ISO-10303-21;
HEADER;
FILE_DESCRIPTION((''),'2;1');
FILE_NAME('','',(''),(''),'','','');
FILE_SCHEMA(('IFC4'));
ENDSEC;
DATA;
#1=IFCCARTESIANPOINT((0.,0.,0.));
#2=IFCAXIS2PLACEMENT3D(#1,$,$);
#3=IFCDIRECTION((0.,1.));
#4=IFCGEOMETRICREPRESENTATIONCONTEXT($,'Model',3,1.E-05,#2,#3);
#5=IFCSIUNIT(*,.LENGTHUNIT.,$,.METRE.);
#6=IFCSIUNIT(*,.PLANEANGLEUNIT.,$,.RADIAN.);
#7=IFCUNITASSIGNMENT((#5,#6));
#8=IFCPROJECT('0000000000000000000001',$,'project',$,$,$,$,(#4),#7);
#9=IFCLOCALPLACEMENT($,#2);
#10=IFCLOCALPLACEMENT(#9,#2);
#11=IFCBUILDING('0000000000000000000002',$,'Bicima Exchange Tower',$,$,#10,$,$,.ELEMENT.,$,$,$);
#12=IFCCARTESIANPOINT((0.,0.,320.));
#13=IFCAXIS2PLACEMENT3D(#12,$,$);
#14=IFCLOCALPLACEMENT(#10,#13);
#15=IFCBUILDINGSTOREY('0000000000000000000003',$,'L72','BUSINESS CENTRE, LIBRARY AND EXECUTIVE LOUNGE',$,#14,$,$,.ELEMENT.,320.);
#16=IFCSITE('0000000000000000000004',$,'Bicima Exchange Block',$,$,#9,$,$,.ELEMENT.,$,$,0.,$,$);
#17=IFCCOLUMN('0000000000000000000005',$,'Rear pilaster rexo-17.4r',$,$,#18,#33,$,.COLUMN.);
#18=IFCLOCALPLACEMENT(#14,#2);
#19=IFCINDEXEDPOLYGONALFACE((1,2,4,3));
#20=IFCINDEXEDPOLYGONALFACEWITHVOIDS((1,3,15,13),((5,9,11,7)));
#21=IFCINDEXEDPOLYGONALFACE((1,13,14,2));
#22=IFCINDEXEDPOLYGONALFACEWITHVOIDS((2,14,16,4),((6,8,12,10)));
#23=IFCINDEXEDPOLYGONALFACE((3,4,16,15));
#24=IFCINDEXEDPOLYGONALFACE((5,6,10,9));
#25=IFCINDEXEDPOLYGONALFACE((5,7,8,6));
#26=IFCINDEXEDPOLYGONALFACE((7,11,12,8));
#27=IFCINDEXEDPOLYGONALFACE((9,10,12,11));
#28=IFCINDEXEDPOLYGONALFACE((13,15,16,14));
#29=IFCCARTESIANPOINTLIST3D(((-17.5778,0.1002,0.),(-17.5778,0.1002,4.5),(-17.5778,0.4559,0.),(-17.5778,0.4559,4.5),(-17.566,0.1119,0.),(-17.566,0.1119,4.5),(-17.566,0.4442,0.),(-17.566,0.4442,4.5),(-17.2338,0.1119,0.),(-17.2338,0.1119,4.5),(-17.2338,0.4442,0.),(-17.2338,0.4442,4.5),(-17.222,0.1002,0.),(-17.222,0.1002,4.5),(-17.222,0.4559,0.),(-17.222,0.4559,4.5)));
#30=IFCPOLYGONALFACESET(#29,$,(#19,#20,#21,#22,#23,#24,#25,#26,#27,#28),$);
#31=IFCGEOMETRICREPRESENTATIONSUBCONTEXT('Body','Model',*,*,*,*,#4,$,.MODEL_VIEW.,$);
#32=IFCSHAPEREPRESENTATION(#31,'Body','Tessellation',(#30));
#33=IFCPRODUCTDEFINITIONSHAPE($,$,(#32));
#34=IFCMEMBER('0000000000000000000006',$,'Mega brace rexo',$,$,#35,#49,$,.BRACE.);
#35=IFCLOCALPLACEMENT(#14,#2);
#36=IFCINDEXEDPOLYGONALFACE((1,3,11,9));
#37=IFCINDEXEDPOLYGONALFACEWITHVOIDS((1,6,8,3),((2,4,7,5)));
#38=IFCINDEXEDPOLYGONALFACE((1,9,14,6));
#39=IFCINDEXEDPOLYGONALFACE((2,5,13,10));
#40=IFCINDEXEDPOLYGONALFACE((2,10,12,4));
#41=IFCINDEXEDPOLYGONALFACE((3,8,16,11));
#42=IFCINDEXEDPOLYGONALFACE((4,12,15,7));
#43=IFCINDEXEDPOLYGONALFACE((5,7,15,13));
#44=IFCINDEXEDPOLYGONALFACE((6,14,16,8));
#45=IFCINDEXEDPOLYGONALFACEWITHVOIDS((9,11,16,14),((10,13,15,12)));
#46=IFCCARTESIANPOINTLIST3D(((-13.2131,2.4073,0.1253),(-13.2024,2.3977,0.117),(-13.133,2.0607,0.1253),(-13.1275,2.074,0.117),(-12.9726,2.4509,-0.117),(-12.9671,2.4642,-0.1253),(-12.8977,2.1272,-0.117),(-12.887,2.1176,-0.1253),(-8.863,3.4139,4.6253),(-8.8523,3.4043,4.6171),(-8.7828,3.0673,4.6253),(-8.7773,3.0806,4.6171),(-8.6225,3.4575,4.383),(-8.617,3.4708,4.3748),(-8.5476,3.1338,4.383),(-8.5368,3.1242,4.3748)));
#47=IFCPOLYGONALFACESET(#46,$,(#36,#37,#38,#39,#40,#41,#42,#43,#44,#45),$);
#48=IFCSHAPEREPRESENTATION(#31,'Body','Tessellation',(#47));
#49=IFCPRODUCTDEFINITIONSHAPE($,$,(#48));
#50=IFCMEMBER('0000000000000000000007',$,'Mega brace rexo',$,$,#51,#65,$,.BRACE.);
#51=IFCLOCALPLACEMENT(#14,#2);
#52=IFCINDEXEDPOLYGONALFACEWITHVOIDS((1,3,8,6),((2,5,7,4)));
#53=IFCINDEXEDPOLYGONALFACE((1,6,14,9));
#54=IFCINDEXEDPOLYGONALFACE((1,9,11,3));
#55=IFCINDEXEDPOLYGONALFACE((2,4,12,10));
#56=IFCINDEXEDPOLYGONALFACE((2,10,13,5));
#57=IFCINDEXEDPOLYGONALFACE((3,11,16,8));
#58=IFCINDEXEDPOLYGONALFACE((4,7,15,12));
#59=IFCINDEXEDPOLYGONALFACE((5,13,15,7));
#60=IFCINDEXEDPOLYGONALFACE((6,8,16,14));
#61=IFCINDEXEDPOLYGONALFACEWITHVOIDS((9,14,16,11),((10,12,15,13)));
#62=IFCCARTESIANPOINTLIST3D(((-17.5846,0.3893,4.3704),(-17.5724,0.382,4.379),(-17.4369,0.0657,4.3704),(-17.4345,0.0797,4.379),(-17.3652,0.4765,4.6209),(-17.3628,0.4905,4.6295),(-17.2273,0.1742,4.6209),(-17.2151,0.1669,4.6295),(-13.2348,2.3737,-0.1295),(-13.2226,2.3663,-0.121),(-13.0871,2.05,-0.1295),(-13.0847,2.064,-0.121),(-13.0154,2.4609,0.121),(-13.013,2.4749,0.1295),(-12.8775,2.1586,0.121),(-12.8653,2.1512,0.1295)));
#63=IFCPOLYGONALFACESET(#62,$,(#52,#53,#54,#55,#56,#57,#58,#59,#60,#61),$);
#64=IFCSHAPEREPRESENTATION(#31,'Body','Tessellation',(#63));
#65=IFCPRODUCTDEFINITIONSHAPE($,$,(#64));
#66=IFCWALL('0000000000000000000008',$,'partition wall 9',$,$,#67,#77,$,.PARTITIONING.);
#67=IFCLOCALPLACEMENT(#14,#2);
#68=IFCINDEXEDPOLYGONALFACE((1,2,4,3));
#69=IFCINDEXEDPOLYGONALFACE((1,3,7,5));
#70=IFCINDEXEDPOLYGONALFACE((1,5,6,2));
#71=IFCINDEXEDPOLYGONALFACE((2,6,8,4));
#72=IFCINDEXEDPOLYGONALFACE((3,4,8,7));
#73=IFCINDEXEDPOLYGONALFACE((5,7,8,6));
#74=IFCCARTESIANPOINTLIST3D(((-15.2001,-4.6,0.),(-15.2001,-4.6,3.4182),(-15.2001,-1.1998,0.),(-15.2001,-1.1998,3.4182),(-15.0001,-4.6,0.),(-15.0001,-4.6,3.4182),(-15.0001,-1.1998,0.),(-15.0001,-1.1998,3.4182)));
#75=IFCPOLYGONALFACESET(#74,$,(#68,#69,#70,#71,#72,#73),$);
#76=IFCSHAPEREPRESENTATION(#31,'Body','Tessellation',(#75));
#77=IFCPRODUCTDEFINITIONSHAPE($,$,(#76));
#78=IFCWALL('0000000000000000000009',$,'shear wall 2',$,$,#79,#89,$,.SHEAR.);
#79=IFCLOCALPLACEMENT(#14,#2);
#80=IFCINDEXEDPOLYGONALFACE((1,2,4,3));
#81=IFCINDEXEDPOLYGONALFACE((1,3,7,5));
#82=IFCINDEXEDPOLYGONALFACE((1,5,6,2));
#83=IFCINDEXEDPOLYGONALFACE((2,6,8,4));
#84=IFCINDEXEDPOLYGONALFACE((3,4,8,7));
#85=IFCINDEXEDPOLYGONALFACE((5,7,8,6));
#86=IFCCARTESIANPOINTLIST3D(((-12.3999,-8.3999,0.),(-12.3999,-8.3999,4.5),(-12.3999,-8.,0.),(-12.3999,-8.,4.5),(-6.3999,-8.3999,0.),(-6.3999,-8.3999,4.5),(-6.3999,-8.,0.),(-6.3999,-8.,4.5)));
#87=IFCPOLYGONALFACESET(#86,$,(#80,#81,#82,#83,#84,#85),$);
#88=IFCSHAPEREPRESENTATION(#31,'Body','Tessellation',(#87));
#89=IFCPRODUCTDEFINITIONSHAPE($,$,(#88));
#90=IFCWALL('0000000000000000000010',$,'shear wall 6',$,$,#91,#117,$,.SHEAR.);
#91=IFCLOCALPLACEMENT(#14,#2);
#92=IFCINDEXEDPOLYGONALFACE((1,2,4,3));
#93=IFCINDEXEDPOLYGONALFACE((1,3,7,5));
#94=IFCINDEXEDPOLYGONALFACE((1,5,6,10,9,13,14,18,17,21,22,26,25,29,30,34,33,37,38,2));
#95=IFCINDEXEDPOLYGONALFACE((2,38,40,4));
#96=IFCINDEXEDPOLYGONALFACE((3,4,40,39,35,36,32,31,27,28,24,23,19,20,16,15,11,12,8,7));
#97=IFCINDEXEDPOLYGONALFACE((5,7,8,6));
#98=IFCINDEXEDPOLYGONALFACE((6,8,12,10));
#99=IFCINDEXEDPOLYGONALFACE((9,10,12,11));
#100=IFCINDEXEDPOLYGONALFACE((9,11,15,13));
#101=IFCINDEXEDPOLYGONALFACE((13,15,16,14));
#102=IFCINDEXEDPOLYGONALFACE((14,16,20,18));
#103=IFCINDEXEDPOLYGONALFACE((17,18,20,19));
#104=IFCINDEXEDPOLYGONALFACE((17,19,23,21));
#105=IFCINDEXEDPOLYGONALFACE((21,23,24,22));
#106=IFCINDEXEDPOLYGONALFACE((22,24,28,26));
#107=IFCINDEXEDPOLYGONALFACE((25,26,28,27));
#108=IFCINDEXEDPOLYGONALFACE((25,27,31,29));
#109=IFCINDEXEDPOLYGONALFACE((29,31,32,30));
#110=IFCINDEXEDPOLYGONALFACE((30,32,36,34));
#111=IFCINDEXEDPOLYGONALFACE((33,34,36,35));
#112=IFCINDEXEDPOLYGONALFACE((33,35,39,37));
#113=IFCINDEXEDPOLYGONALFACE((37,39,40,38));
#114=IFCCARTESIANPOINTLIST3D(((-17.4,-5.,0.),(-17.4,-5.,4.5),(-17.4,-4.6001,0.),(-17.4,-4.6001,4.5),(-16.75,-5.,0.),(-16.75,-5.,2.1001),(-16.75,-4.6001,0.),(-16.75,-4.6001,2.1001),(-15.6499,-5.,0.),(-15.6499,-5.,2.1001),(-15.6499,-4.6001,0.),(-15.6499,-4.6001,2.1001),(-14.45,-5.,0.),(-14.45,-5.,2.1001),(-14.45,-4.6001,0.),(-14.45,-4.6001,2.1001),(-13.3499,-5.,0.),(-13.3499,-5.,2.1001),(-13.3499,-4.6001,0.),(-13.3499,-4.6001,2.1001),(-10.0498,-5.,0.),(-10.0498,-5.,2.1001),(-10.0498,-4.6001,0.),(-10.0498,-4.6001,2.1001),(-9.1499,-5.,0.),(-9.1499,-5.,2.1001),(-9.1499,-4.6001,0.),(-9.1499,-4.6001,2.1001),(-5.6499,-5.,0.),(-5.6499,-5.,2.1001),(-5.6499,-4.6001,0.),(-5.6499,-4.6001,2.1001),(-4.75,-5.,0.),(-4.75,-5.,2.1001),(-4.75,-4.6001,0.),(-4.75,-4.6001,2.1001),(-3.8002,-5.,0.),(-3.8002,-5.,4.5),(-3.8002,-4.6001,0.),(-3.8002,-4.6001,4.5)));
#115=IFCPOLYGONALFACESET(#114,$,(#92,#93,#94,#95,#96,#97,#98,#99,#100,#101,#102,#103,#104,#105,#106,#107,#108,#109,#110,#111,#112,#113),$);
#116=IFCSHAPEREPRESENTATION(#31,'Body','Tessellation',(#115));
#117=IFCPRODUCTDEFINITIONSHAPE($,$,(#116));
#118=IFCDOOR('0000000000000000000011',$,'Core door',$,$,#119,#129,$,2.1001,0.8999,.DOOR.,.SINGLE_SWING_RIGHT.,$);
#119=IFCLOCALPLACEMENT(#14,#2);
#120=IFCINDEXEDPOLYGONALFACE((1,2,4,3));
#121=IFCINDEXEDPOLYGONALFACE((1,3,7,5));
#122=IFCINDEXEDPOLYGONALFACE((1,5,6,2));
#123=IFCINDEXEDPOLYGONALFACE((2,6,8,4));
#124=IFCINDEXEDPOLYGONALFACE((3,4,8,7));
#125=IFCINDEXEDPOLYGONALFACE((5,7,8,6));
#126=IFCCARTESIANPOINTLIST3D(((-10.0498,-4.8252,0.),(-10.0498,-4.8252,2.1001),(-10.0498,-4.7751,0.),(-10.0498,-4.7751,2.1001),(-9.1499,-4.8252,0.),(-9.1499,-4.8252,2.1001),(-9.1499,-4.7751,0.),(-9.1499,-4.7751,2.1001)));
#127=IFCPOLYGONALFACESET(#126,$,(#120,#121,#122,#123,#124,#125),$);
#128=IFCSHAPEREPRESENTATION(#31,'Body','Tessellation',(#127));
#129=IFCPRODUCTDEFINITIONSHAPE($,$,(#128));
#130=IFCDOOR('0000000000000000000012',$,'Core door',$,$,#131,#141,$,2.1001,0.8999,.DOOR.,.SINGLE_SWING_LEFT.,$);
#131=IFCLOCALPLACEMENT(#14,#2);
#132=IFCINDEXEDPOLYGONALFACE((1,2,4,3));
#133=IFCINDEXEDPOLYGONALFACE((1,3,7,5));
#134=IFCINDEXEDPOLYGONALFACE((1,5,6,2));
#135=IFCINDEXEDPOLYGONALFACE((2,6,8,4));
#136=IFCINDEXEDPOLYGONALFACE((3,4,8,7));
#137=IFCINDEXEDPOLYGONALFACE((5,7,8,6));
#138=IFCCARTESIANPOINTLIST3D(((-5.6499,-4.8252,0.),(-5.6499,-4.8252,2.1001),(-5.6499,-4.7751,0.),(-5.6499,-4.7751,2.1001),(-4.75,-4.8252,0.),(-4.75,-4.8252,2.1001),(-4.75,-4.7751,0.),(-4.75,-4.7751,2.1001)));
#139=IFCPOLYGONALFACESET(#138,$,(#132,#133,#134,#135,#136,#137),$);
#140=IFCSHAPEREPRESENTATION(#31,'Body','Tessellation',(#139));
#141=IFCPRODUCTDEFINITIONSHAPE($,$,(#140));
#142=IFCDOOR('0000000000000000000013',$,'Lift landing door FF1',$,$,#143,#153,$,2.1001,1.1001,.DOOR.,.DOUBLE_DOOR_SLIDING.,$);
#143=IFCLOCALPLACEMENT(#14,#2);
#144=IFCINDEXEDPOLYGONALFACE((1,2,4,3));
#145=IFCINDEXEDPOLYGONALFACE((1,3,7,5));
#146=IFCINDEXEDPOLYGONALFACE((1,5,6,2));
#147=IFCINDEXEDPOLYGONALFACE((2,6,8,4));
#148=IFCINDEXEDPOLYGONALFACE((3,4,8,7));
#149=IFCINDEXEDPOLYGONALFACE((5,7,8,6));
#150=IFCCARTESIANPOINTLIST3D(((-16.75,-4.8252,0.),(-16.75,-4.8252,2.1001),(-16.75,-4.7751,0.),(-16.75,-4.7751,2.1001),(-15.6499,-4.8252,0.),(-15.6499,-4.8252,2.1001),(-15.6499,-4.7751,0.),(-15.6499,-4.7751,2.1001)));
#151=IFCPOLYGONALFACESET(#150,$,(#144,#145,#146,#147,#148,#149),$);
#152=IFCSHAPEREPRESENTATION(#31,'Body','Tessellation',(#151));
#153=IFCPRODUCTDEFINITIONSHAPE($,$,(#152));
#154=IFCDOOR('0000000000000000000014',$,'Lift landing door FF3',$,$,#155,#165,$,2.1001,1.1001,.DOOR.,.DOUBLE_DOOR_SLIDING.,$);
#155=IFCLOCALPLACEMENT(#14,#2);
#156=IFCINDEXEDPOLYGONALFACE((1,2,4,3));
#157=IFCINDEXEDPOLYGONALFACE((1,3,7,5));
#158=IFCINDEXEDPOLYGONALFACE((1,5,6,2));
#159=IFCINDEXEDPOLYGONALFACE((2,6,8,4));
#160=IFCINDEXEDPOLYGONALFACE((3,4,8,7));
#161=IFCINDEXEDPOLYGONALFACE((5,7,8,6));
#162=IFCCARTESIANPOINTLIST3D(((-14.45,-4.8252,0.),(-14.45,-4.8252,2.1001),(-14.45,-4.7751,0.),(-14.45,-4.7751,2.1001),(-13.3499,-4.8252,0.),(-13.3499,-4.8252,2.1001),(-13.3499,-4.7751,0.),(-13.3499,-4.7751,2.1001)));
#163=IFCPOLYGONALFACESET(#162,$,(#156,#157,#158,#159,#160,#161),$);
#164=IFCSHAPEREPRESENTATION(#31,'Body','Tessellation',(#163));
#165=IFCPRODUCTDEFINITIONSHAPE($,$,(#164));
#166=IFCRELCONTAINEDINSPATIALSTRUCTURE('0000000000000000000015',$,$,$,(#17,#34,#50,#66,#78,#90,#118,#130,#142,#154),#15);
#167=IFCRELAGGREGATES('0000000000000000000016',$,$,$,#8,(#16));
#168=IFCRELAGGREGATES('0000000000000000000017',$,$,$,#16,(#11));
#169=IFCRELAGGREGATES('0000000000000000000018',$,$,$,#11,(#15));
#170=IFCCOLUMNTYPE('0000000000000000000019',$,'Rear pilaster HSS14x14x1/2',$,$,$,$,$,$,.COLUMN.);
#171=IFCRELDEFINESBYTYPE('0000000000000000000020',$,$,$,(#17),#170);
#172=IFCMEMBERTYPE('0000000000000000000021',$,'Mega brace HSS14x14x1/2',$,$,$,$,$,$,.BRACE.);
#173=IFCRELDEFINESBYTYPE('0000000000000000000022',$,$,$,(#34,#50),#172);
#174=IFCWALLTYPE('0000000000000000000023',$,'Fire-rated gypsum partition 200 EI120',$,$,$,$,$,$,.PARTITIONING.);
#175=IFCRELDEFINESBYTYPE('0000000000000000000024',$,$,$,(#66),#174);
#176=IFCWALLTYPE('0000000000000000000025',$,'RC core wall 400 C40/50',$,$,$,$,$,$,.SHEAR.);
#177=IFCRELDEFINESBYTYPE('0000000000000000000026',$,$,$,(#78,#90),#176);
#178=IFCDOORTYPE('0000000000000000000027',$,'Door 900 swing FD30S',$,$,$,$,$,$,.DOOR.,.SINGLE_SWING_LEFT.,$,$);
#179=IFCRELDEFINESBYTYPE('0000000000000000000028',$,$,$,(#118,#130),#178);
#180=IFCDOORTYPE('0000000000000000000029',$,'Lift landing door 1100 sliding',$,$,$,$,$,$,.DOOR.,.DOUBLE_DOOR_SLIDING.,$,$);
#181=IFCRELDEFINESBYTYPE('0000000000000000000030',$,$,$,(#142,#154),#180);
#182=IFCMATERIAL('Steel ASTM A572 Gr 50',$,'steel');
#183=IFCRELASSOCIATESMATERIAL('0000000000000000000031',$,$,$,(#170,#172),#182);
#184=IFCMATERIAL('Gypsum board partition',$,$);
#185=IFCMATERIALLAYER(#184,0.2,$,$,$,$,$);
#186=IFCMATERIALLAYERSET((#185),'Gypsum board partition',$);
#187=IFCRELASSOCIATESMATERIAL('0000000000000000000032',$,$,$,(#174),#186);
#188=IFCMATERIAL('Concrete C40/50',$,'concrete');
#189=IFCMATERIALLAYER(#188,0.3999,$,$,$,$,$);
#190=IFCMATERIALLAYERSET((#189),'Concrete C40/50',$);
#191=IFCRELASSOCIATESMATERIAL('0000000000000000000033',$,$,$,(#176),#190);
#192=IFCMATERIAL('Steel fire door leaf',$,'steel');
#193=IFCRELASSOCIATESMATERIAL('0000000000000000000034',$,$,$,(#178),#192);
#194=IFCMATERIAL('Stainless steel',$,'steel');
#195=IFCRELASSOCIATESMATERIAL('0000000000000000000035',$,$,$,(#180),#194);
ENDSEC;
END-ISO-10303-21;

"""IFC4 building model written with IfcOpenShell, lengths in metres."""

from ifc_helpers import new_model, si_unit, direction, frame, frame_2d, origin, origin_2d, place, context, subcontext, project, spatial, rectangle, hollow_rectangle, extrude, material, layer, layer_set, material_profile, profile_set, type_object, element, fill, save


model = new_model("IFC4")

# Units and contexts
model_context = context("Model", 3, precision=1e-05, world=origin(), true_north=direction((0.0, 1.0)))
body_context = subcontext(model_context, "Body", "Model", "MODEL_VIEW")
ifc_project = project(units=[si_unit("LENGTHUNIT", "METRE"), si_unit("PLANEANGLEUNIT", "RADIAN")], contexts=[model_context])

# Site, building, storey
site_placement = place(None, origin())
site = spatial("IfcSite", under=ifc_project, at=site_placement, Name="Bicima Exchange Block", CompositionType="ELEMENT", RefElevation=0.0)
building_placement = place(site_placement, origin())
building = spatial("IfcBuilding", under=site, at=building_placement, Name="Bicima Exchange Tower", CompositionType="ELEMENT")
storey_placement = place(building_placement, frame((0.0, 0.0, 320.0)))
storey = spatial("IfcBuildingStorey", under=building, at=storey_placement, Name="L72", Description="BUSINESS CENTRE, LIBRARY AND EXECUTIVE LOUNGE", CompositionType="ELEMENT", Elevation=320.0)

# Column
ifc_material_1 = material(Name="Steel ASTM A572 Gr 50", Category="steel")
ifc_material_profile = material_profile(ifc_material_1, hollow_rectangle(XDim=0.3557, YDim=0.3557, WallThickness=0.0117, at=origin_2d()))
ifc_profile_set = profile_set([ifc_material_profile], Name="Steel ASTM A572 Gr 50")
column_type = type_object("IfcColumnType", Name="Rear pilaster HSS14x14x1/2", PredefinedType="COLUMN", material=ifc_profile_set)
column_placement = place(storey_placement, frame((-17.3999, 0.2781, 0.0), z_axis=(0.0, 0.0, 1.0), x_axis=(1.0, 0.0, 0.0)))
element("IfcColumn", 1, at=column_placement, inside=storey, type_object=column_type, Name="Rear pilaster rexo-17.4r", PredefinedType="COLUMN", context=body_context, shape_type="SweptSolid", body=[
    extrude(hollow_rectangle(XDim=0.3557, YDim=0.3557, WallThickness=0.0117, at=origin_2d()), origin(), (0.0, 0.0, 1.0), 4.5),
])

# Members
member_type = type_object("IfcMemberType", Name="Mega brace HSS14x14x1/2", PredefinedType="BRACE", material=ifc_profile_set)
member_1_placement = place(storey_placement, frame((-13.05, 2.2625, 0.0), z_axis=(0.686212, 0.158786, 0.709859), x_axis=(-0.225439, 0.974257, 0.0)))
element("IfcMember", 2, at=member_1_placement, inside=storey, type_object=member_type, Name="Mega brace rexo", PredefinedType="BRACE", context=body_context, shape_type="SweptSolid", body=[
    extrude(hollow_rectangle(XDim=0.3557, YDim=0.3557, WallThickness=0.0117, at=origin_2d()), origin(), (0.0, 0.0, 1.0), 6.3394),
])
member_2_placement = place(storey_placement, frame((-13.05, 2.2625, 0.0), z_axis=(-0.662508, -0.302232, 0.685376), x_axis=(0.415045, -0.909801, 0.0)))
element("IfcMember", 3, at=member_2_placement, inside=storey, type_object=member_type, Name="Mega brace rexo", PredefinedType="BRACE", context=body_context, shape_type="SweptSolid", body=[
    extrude(hollow_rectangle(XDim=0.3557, YDim=0.3557, WallThickness=0.0117, at=origin_2d()), origin(), (0.0, 0.0, 1.0), 6.5657),
])

# Walls
ifc_material_2 = material(Name="Gypsum board partition")
ifc_layer_1 = layer(ifc_material_2, 0.2)
ifc_layer_set_1 = layer_set([ifc_layer_1], Name="Gypsum board partition")
wall_type_1 = type_object("IfcWallType", Name="Fire-rated gypsum partition 200 EI120", PredefinedType="PARTITIONING", material=ifc_layer_set_1)
wall_1_placement = place(storey_placement, frame((-15.1001, -4.6001, 0.0), z_axis=(0.0, 0.0, 1.0), x_axis=(0.0, 1.0, 0.0)))
element("IfcWall", 4, at=wall_1_placement, inside=storey, type_object=wall_type_1, Name="partition wall 9", PredefinedType="PARTITIONING", context=body_context, shape_type="SweptSolid", body=[
    extrude(rectangle(XDim=3.4001, YDim=0.2, at=frame_2d((1.7002, 0.0))), origin(), (0.0, 0.0, 1.0), 3.4182),
])
ifc_material_3 = material(Name="Concrete C40/50", Category="concrete")
ifc_layer_2 = layer(ifc_material_3, 0.3999)
ifc_layer_set_2 = layer_set([ifc_layer_2], Name="Concrete C40/50")
wall_type_2 = type_object("IfcWallType", Name="RC core wall 400 C40/50", PredefinedType="SHEAR", material=ifc_layer_set_2)
wall_2_placement = place(storey_placement, frame((-12.3999, -8.2, 0.0), z_axis=(0.0, 0.0, 1.0), x_axis=(1.0, 0.0, 0.0)))
element("IfcWall", 5, at=wall_2_placement, inside=storey, type_object=wall_type_2, Name="shear wall 2", PredefinedType="SHEAR", context=body_context, shape_type="SweptSolid", body=[
    extrude(rectangle(XDim=6.0, YDim=0.3999, at=frame_2d((3.0, 0.0))), origin(), (0.0, 0.0, 1.0), 4.5),
])

# Wall, openings, doors
wall_3_placement = place(storey_placement, frame((-17.3999, -4.8, 0.0), z_axis=(0.0, 0.0, 1.0), x_axis=(1.0, 0.0, 0.0)))
wall_3 = element("IfcWall", 6, at=wall_3_placement, inside=storey, type_object=wall_type_2, Name="shear wall 6", PredefinedType="SHEAR", context=body_context, shape_type="SweptSolid", body=[
    extrude(rectangle(XDim=13.5999, YDim=0.3999, at=frame_2d((6.7998, 0.0))), origin(), (0.0, 0.0, 1.0), 4.5),
])
opening_1_placement = place(wall_3_placement, frame((0.6499, 0.0, 0.0)))
opening_1 = element("IfcOpeningElement", 7, at=opening_1_placement, cuts=wall_3, PredefinedType="OPENING", context=body_context, shape_type="SweptSolid", body=[
    extrude(rectangle(XDim=1.1001, YDim=2.1001, at=frame_2d((0.55, 1.05))), frame((0.0, 0.2119, 0.0), z_axis=(0.0, -1.0, 0.0), x_axis=(1.0, 0.0, 0.0)), (0.0, 0.0, 1.0), 0.4238),
])
opening_2_placement = place(wall_3_placement, frame((2.95, 0.0, 0.0)))
opening_2 = element("IfcOpeningElement", 8, at=opening_2_placement, cuts=wall_3, PredefinedType="OPENING", context=body_context, shape_type="SweptSolid", body=[
    extrude(rectangle(XDim=1.1001, YDim=2.1001, at=frame_2d((0.55, 1.05))), frame((0.0, 0.2119, 0.0), z_axis=(0.0, -1.0, 0.0), x_axis=(1.0, 0.0, 0.0)), (0.0, 0.0, 1.0), 0.4238),
])
opening_3_placement = place(wall_3_placement, frame((7.3501, 0.0, 0.0)))
opening_3 = element("IfcOpeningElement", 9, at=opening_3_placement, cuts=wall_3, PredefinedType="OPENING", context=body_context, shape_type="SweptSolid", body=[
    extrude(rectangle(XDim=0.8999, YDim=2.1001, at=frame_2d((0.45, 1.05))), frame((0.0, 0.2119, 0.0), z_axis=(0.0, -1.0, 0.0), x_axis=(1.0, 0.0, 0.0)), (0.0, 0.0, 1.0), 0.4238),
])
opening_4_placement = place(wall_3_placement, frame((11.75, 0.0, 0.0)))
opening_4 = element("IfcOpeningElement", 10, at=opening_4_placement, cuts=wall_3, PredefinedType="OPENING", context=body_context, shape_type="SweptSolid", body=[
    extrude(rectangle(XDim=0.8999, YDim=2.1001, at=frame_2d((0.45, 1.05))), frame((0.0, 0.2119, 0.0), z_axis=(0.0, -1.0, 0.0), x_axis=(1.0, 0.0, 0.0)), (0.0, 0.0, 1.0), 0.4238),
])
ifc_material_4 = material(Name="Steel fire door leaf", Category="steel")
door_type_1 = type_object("IfcDoorType", Name="Door 900 swing FD30S", OperationType="SINGLE_SWING_LEFT", PredefinedType="DOOR", material=ifc_material_4)
door_1_placement = place(opening_3_placement, origin())
door_1 = element("IfcDoor", 11, at=door_1_placement, inside=storey, type_object=door_type_1, Name="Core door", OperationType="SINGLE_SWING_RIGHT", OverallHeight=2.1001, OverallWidth=0.8999, PredefinedType="DOOR", context=body_context, shape_type="SweptSolid", body=[
    extrude(rectangle(XDim=0.8999, YDim=2.1001, at=frame_2d((0.45, 1.05))), frame((0.0, 0.0249, 0.0), z_axis=(0.0, -1.0, 0.0), x_axis=(1.0, 0.0, 0.0)), (0.0, 0.0, 1.0), 0.05),
])
fill(opening_3, door_1)
door_2_placement = place(opening_4_placement, origin())
door_2 = element("IfcDoor", 12, at=door_2_placement, inside=storey, type_object=door_type_1, Name="Core door", OperationType="SINGLE_SWING_LEFT", OverallHeight=2.1001, OverallWidth=0.8999, PredefinedType="DOOR", context=body_context, shape_type="SweptSolid", body=[
    extrude(rectangle(XDim=0.8999, YDim=2.1001, at=frame_2d((0.45, 1.05))), frame((0.0, 0.0249, 0.0), z_axis=(0.0, -1.0, 0.0), x_axis=(1.0, 0.0, 0.0)), (0.0, 0.0, 1.0), 0.05),
])
fill(opening_4, door_2)
ifc_material_5 = material(Name="Stainless steel", Category="steel")
door_type_2 = type_object("IfcDoorType", Name="Lift landing door 1100 sliding", OperationType="DOUBLE_DOOR_SLIDING", PredefinedType="DOOR", material=ifc_material_5)
door_3_placement = place(opening_1_placement, origin())
door_3 = element("IfcDoor", 13, at=door_3_placement, inside=storey, type_object=door_type_2, Name="Lift landing door FF1", OperationType="DOUBLE_DOOR_SLIDING", OverallHeight=2.1001, OverallWidth=1.1001, PredefinedType="DOOR", context=body_context, shape_type="SweptSolid", body=[
    extrude(rectangle(XDim=1.1001, YDim=2.1001, at=frame_2d((0.55, 1.05))), frame((0.0, 0.0249, 0.0), z_axis=(0.0, -1.0, 0.0), x_axis=(1.0, 0.0, 0.0)), (0.0, 0.0, 1.0), 0.05),
])
fill(opening_1, door_3)
door_4_placement = place(opening_2_placement, origin())
door_4 = element("IfcDoor", 14, at=door_4_placement, inside=storey, type_object=door_type_2, Name="Lift landing door FF3", OperationType="DOUBLE_DOOR_SLIDING", OverallHeight=2.1001, OverallWidth=1.1001, PredefinedType="DOOR", context=body_context, shape_type="SweptSolid", body=[
    extrude(rectangle(XDim=1.1001, YDim=2.1001, at=frame_2d((0.55, 1.05))), frame((0.0, 0.0249, 0.0), z_axis=(0.0, -1.0, 0.0), x_axis=(1.0, 0.0, 0.0)), (0.0, 0.0, 1.0), 0.05),
])
fill(opening_2, door_4)

save(model, "model.ifc")
